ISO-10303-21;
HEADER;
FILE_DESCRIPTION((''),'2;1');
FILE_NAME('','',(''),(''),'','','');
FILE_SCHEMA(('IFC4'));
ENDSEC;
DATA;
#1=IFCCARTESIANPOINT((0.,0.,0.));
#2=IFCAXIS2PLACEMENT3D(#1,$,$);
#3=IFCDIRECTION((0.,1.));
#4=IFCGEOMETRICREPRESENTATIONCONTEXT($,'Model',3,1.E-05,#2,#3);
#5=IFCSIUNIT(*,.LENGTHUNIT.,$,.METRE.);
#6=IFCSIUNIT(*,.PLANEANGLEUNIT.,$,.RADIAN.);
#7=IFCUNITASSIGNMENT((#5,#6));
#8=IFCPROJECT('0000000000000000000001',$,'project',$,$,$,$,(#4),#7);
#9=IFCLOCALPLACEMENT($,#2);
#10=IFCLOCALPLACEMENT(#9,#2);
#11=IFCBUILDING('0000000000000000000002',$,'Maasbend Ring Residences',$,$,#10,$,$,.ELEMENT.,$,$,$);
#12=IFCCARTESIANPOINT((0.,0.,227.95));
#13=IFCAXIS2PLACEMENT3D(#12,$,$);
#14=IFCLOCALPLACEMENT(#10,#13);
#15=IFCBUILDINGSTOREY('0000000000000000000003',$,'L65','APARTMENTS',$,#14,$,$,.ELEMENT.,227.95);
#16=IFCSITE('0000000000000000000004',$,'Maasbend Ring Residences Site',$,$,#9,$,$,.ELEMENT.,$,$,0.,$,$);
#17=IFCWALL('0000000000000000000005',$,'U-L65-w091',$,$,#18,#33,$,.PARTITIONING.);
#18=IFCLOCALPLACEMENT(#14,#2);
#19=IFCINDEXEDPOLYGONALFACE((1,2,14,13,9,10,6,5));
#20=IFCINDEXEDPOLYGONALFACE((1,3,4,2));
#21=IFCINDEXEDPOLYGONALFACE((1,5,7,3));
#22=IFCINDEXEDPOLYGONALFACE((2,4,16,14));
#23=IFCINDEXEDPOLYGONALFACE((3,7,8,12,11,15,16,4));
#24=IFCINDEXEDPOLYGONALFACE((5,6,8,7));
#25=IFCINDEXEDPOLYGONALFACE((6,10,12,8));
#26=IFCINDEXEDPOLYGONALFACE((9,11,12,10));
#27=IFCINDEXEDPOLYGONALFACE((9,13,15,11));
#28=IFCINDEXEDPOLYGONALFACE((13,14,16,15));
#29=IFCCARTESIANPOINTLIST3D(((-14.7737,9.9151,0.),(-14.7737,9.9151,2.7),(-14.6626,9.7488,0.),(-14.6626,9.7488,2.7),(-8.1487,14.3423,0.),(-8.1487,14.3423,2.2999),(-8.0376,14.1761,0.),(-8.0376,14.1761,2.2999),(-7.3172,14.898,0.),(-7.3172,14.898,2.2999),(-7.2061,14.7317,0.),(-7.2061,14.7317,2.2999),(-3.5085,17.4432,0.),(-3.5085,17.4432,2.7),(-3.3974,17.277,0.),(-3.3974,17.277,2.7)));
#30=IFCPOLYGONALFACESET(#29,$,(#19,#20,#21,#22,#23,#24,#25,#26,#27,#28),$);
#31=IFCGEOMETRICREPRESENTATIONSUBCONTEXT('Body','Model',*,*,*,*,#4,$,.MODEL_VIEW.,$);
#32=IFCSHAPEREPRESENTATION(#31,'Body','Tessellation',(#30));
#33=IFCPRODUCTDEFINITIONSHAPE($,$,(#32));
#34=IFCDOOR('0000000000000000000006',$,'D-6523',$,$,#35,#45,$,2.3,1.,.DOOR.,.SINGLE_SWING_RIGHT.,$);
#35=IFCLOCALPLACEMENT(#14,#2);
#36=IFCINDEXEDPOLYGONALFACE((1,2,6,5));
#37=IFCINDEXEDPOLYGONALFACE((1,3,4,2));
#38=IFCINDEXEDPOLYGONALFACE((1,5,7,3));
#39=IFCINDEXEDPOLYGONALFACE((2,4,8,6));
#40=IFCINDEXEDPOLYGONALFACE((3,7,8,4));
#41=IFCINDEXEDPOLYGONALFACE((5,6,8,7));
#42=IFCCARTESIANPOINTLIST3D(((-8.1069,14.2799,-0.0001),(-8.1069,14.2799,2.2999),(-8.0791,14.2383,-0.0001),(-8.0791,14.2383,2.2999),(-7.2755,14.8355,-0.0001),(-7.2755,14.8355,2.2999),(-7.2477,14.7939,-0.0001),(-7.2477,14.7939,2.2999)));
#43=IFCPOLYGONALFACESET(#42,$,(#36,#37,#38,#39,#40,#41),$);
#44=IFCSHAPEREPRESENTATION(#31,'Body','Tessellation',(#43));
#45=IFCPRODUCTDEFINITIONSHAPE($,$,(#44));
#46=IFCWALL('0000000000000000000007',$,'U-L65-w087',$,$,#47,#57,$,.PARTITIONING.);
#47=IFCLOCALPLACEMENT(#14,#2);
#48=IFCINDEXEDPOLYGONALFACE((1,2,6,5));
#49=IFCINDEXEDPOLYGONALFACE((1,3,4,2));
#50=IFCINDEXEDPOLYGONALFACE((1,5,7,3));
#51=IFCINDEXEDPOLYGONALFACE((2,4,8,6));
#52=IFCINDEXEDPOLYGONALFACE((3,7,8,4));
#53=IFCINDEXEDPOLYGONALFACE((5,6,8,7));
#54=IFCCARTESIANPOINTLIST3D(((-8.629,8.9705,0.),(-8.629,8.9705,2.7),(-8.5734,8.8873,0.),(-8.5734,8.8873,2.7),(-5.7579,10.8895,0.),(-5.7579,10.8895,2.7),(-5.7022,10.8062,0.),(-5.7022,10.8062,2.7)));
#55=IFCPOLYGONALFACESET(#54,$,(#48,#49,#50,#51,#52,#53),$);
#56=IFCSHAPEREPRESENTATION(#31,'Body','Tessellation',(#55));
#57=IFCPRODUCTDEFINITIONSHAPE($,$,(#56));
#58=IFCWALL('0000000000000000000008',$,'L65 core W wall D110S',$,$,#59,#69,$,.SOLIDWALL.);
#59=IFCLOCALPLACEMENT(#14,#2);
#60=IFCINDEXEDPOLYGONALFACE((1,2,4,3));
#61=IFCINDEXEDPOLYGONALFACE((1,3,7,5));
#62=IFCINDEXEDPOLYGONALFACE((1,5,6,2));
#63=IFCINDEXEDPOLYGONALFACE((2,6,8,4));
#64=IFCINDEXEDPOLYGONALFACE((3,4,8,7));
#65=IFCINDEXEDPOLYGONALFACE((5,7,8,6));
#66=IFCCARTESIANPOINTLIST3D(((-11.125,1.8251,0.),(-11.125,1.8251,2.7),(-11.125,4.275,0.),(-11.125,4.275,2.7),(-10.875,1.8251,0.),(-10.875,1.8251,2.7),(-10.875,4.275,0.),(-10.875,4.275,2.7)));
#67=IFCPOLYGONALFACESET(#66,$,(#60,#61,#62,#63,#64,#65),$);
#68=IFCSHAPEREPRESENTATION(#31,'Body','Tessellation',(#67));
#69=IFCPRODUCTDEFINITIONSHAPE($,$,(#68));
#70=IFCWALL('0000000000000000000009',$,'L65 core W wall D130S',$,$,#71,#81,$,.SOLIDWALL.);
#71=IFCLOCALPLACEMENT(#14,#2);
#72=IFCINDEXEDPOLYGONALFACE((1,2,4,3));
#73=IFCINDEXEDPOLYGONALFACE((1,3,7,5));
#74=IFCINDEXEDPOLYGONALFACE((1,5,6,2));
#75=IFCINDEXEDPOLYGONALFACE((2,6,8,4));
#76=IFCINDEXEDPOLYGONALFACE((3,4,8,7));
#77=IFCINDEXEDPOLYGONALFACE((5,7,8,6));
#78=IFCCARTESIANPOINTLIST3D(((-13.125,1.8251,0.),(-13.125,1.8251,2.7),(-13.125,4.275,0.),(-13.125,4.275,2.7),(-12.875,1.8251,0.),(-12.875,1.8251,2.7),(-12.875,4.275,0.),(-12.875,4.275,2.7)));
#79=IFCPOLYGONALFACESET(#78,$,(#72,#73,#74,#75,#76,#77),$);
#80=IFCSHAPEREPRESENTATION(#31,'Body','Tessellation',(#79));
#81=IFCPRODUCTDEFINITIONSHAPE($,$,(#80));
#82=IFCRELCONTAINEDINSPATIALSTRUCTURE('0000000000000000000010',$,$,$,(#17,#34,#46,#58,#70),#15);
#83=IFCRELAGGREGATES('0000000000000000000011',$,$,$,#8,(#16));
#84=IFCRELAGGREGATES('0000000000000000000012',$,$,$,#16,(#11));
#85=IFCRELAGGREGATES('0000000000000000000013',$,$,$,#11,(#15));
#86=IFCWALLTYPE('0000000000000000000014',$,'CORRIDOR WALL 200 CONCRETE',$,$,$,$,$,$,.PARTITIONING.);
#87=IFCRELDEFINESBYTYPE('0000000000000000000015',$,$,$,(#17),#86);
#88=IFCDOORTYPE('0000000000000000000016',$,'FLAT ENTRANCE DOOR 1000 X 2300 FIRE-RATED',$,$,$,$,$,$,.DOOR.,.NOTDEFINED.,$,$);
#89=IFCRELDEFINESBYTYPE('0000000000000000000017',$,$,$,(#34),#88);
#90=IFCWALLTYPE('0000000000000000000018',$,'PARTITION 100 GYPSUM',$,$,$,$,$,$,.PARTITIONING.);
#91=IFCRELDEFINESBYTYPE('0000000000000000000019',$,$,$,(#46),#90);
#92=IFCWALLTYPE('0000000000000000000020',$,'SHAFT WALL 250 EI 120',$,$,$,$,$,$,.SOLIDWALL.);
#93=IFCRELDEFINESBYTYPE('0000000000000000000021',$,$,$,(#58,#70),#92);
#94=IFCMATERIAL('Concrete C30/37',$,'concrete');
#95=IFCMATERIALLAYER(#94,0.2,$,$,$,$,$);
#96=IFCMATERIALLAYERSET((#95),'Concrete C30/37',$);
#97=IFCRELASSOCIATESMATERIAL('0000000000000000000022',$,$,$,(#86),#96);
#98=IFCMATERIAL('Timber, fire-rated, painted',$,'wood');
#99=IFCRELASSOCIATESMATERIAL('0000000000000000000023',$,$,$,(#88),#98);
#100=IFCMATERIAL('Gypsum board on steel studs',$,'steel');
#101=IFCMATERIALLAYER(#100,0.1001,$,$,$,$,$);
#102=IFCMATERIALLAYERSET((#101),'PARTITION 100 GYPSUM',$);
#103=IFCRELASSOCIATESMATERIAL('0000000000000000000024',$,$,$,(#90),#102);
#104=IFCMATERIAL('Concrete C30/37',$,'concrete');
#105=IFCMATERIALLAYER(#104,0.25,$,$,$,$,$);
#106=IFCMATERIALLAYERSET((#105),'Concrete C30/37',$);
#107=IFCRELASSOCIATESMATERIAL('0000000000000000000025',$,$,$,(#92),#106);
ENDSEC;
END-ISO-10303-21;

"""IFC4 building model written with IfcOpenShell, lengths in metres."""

from ifc_helpers import new_model, si_unit, direction, frame, frame_2d, origin, place, context, subcontext, project, spatial, rectangle, extrude, material, layer, layer_set, type_object, element, fill, save


model = new_model("IFC4")

# Units and contexts
model_context = context("Model", 3, precision=1e-05, world=origin(), true_north=direction((0.0, 1.0)))
body_context = subcontext(model_context, "Body", "Model", "MODEL_VIEW")
ifc_project = project(units=[si_unit("LENGTHUNIT", "METRE"), si_unit("PLANEANGLEUNIT", "RADIAN")], contexts=[model_context])

# Site, building, storey
site_placement = place(None, origin())
site = spatial("IfcSite", under=ifc_project, at=site_placement, Name="Maasbend Ring Residences Site", CompositionType="ELEMENT", RefElevation=0.0)
building_placement = place(site_placement, origin())
building = spatial("IfcBuilding", under=site, at=building_placement, Name="Maasbend Ring Residences", CompositionType="ELEMENT")
storey_placement = place(building_placement, frame((0.0, 0.0, 227.95)))
storey = spatial("IfcBuildingStorey", under=building, at=storey_placement, Name="L65", Description="APARTMENTS", CompositionType="ELEMENT", Elevation=227.95)

# Wall, opening, door
ifc_material_1 = material(Name="Concrete C30/37", Category="concrete")
ifc_layer_1 = layer(ifc_material_1, 0.2)
ifc_layer_set_1 = layer_set([ifc_layer_1], Name="Concrete C30/37")
wall_type_1 = type_object("IfcWallType", Name="CORRIDOR WALL 200 CONCRETE", PredefinedType="PARTITIONING", material=ifc_layer_set_1)
wall_1_placement = place(storey_placement, frame((-14.718, 9.832, 0.0), z_axis=(0.0, 0.0, 1.0), x_axis=(0.831437, 0.555619, 0.0)))
wall_1 = element("IfcWall", 1, at=wall_1_placement, inside=storey, type_object=wall_type_1, Name="U-L65-w091", PredefinedType="PARTITIONING", context=body_context, shape_type="SweptSolid", body=[
    extrude(rectangle(XDim=13.5491, YDim=0.2, at=frame_2d((6.7744, 0.0))), origin(), (0.0, 0.0, 1.0), 2.7),
])
opening_1_placement = place(wall_1_placement, frame((7.968, 0.0, 0.0)))
opening_1 = element("IfcOpeningElement", 2, at=opening_1_placement, cuts=wall_1, PredefinedType="OPENING", context=body_context, shape_type="SweptSolid", body=[
    extrude(rectangle(XDim=1.0, YDim=2.3, at=frame_2d((0.5, 1.1499))), frame((0.0, 0.1099, 0.0), z_axis=(0.0, -1.0, 0.0), x_axis=(1.0, 0.0, 0.0)), (0.0, 0.0, 1.0), 0.22),
])
ifc_material_2 = material(Name="Timber, fire-rated, painted", Category="wood")
door_type_1 = type_object("IfcDoorType", Name="FLAT ENTRANCE DOOR 1000 X 2300 FIRE-RATED", OperationType="NOTDEFINED", PredefinedType="DOOR", material=ifc_material_2)
door_1_placement = place(opening_1_placement, origin())
door_1 = element("IfcDoor", 3, at=door_1_placement, inside=storey, type_object=door_type_1, Name="D-6523", OperationType="SINGLE_SWING_RIGHT", OverallHeight=2.3, OverallWidth=1.0, PredefinedType="DOOR", context=body_context, shape_type="SweptSolid", body=[
    extrude(rectangle(XDim=1.0, YDim=2.3, at=frame_2d((0.5, 1.1499))), frame((0.0, 0.0249, 0.0), z_axis=(0.0, -1.0, 0.0), x_axis=(1.0, 0.0, 0.0)), (0.0, 0.0, 1.0), 0.05),
])
fill(opening_1, door_1)

# Walls
ifc_material_3 = material(Name="Gypsum board on steel studs", Category="steel")
ifc_layer_2 = layer(ifc_material_3, 0.1001)
ifc_layer_set_2 = layer_set([ifc_layer_2], Name="PARTITION 100 GYPSUM")
wall_type_2 = type_object("IfcWallType", Name="PARTITION 100 GYPSUM", PredefinedType="PARTITIONING", material=ifc_layer_set_2)
wall_2_placement = place(storey_placement, frame((-8.6011, 8.929, 0.0), z_axis=(0.0, 0.0, 1.0), x_axis=(0.831397, 0.555679, 0.0)))
element("IfcWall", 4, at=wall_2_placement, inside=storey, type_object=wall_type_2, Name="U-L65-w087", PredefinedType="PARTITIONING", context=body_context, shape_type="SweptSolid", body=[
    extrude(rectangle(XDim=3.4534, YDim=0.1001, at=frame_2d((1.7266, 0.0))), origin(), (0.0, 0.0, 1.0), 2.7),
])
ifc_material_4 = material(Name="Concrete C30/37", Category="concrete")
ifc_layer_3 = layer(ifc_material_4, 0.25)
ifc_layer_set_3 = layer_set([ifc_layer_3], Name="Concrete C30/37")
wall_type_3 = type_object("IfcWallType", Name="SHAFT WALL 250 EI 120", PredefinedType="SOLIDWALL", material=ifc_layer_set_3)
for number, where, z_axis, x_axis, name in (
    (5, (-11.0, 1.825, 0.0), (0.0, 0.0, 1.0), (0.0, 1.0, 0.0), "L65 core W wall D110S"),
    (6, (-13.0, 1.825, 0.0), (0.0, 0.0, 1.0), (0.0, 1.0, 0.0), "L65 core W wall D130S"),
):
    element("IfcWall", number, at=place(storey_placement, frame(where, z_axis=z_axis, x_axis=x_axis)), inside=storey, type_object=wall_type_3, Name=name, PredefinedType="SOLIDWALL", context=body_context, shape_type="SweptSolid", body=[
        extrude(rectangle(XDim=2.45, YDim=0.25, at=frame_2d((1.2251, 0.0))), origin(), (0.0, 0.0, 1.0), 2.7),
    ])

save(model, "model.ifc")
